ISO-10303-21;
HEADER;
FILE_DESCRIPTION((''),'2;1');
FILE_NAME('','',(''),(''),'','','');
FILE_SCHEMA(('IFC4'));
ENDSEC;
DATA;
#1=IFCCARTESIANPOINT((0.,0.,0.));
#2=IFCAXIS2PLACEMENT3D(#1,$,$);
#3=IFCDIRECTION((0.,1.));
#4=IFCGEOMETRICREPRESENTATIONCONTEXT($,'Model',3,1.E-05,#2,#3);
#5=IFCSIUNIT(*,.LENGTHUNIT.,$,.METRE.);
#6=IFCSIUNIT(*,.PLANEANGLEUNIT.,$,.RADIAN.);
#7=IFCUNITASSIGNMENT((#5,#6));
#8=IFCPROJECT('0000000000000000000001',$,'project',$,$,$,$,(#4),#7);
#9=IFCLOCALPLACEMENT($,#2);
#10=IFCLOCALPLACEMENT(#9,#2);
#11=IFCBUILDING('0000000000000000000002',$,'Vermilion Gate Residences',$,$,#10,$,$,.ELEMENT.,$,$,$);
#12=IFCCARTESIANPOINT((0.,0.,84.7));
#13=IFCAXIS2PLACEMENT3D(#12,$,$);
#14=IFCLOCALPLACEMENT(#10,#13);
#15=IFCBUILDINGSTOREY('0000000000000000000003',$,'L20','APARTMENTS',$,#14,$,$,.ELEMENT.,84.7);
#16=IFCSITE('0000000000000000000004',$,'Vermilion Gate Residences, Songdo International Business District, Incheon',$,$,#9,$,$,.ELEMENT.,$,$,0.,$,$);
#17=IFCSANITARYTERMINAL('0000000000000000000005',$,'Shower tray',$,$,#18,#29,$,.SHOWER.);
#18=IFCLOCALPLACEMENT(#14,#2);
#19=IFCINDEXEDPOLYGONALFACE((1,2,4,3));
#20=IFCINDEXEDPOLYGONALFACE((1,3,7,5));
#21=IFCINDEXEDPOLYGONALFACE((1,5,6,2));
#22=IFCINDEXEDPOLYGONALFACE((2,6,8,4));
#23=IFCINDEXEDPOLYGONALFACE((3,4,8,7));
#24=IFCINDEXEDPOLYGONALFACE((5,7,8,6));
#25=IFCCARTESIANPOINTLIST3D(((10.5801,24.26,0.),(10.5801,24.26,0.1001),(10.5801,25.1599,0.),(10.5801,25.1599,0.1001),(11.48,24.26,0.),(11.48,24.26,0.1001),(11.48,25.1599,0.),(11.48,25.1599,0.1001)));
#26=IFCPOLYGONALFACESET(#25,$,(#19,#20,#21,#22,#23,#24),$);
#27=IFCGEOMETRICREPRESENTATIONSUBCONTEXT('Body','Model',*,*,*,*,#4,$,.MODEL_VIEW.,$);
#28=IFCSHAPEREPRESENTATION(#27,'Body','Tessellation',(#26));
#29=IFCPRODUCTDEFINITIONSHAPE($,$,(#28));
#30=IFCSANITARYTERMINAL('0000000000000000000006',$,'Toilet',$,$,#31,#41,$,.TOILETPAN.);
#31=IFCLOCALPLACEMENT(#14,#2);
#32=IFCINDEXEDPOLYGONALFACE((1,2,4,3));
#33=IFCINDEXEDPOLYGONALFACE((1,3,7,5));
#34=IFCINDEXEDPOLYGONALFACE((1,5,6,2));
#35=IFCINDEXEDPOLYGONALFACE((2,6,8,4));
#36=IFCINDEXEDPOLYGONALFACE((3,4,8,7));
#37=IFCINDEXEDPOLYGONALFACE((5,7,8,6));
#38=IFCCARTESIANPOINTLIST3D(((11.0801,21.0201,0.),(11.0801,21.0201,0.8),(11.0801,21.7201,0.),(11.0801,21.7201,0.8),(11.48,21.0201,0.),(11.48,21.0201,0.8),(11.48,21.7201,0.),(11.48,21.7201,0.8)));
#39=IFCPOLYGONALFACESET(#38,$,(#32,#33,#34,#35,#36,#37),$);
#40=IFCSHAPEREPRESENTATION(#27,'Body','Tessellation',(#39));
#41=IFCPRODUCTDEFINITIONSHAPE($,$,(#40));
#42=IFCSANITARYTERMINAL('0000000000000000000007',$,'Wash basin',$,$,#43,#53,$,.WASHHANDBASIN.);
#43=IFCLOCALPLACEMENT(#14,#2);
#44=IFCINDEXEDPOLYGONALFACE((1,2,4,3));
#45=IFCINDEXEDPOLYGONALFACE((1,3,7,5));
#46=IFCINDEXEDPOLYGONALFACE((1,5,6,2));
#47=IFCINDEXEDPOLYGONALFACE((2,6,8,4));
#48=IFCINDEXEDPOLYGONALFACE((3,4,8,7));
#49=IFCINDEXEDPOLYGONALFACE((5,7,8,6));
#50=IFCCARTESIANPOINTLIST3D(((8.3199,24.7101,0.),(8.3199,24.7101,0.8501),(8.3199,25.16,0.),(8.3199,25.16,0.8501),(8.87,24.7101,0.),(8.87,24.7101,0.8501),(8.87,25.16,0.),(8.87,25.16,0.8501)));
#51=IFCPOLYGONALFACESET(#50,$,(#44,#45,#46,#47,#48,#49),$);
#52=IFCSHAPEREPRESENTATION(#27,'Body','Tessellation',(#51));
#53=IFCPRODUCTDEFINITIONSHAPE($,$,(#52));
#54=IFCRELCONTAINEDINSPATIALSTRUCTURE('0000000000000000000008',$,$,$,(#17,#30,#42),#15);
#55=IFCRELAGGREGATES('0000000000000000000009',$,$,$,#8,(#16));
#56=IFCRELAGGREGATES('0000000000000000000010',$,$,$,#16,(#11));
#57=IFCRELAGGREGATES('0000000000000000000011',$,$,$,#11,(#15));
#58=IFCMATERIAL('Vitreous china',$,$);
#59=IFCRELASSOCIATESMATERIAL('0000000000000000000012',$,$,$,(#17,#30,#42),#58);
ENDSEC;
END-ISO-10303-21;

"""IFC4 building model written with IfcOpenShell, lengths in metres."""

from ifc_helpers import new_model, si_unit, direction, frame, origin, origin_2d, place, context, subcontext, project, spatial, rectangle, extrude, material, element, save


model = new_model("IFC4")

# Units and contexts
model_context = context("Model", 3, precision=1e-05, world=origin(), true_north=direction((0.0, 1.0)))
body_context = subcontext(model_context, "Body", "Model", "MODEL_VIEW")
ifc_project = project(units=[si_unit("LENGTHUNIT", "METRE"), si_unit("PLANEANGLEUNIT", "RADIAN")], contexts=[model_context])

# Site, building, storey
site_placement = place(None, origin())
site = spatial("IfcSite", under=ifc_project, at=site_placement, Name="Vermilion Gate Residences, Songdo International Business District, Incheon", CompositionType="ELEMENT", RefElevation=0.0)
building_placement = place(site_placement, origin())
building = spatial("IfcBuilding", under=site, at=building_placement, Name="Vermilion Gate Residences", CompositionType="ELEMENT")
storey_placement = place(building_placement, frame((0.0, 0.0, 84.7)))
storey = spatial("IfcBuildingStorey", under=building, at=storey_placement, Name="L20", Description="APARTMENTS", CompositionType="ELEMENT", Elevation=84.7)

# Sanitary terminals
ifc_material_1 = material(Name="Vitreous china")
sanitary_terminal_1_placement = place(storey_placement, frame((11.03, 24.71, 0.0), z_axis=(0.0, 0.0, 1.0), x_axis=(1.0, 0.0, 0.0)))
element("IfcSanitaryTerminal", 1, at=sanitary_terminal_1_placement, inside=storey, material=ifc_material_1, Name="Shower tray", PredefinedType="SHOWER", context=body_context, shape_type="SweptSolid", body=[
    extrude(rectangle(XDim=0.8999, YDim=0.8999, at=origin_2d()), origin(), (0.0, 0.0, 1.0), 0.1001),
])
sanitary_terminal_2_placement = place(storey_placement, frame((11.28, 21.3701, 0.0), z_axis=(0.0, 0.0, 1.0), x_axis=(1.0, 0.0, 0.0)))
element("IfcSanitaryTerminal", 2, at=sanitary_terminal_2_placement, inside=storey, material=ifc_material_1, Name="Toilet", PredefinedType="TOILETPAN", context=body_context, shape_type="SweptSolid", body=[
    extrude(rectangle(XDim=0.3999, YDim=0.7, at=origin_2d()), origin(), (0.0, 0.0, 1.0), 0.8),
])
sanitary_terminal_3_placement = place(storey_placement, frame((8.595, 24.9351, 0.0), z_axis=(0.0, 0.0, 1.0), x_axis=(1.0, 0.0, 0.0)))
element("IfcSanitaryTerminal", 3, at=sanitary_terminal_3_placement, inside=storey, material=ifc_material_1, Name="Wash basin", PredefinedType="WASHHANDBASIN", context=body_context, shape_type="SweptSolid", body=[
    extrude(rectangle(XDim=0.55, YDim=0.45, at=origin_2d()), origin(), (0.0, 0.0, 1.0), 0.8501),
])

save(model, "model.ifc")
